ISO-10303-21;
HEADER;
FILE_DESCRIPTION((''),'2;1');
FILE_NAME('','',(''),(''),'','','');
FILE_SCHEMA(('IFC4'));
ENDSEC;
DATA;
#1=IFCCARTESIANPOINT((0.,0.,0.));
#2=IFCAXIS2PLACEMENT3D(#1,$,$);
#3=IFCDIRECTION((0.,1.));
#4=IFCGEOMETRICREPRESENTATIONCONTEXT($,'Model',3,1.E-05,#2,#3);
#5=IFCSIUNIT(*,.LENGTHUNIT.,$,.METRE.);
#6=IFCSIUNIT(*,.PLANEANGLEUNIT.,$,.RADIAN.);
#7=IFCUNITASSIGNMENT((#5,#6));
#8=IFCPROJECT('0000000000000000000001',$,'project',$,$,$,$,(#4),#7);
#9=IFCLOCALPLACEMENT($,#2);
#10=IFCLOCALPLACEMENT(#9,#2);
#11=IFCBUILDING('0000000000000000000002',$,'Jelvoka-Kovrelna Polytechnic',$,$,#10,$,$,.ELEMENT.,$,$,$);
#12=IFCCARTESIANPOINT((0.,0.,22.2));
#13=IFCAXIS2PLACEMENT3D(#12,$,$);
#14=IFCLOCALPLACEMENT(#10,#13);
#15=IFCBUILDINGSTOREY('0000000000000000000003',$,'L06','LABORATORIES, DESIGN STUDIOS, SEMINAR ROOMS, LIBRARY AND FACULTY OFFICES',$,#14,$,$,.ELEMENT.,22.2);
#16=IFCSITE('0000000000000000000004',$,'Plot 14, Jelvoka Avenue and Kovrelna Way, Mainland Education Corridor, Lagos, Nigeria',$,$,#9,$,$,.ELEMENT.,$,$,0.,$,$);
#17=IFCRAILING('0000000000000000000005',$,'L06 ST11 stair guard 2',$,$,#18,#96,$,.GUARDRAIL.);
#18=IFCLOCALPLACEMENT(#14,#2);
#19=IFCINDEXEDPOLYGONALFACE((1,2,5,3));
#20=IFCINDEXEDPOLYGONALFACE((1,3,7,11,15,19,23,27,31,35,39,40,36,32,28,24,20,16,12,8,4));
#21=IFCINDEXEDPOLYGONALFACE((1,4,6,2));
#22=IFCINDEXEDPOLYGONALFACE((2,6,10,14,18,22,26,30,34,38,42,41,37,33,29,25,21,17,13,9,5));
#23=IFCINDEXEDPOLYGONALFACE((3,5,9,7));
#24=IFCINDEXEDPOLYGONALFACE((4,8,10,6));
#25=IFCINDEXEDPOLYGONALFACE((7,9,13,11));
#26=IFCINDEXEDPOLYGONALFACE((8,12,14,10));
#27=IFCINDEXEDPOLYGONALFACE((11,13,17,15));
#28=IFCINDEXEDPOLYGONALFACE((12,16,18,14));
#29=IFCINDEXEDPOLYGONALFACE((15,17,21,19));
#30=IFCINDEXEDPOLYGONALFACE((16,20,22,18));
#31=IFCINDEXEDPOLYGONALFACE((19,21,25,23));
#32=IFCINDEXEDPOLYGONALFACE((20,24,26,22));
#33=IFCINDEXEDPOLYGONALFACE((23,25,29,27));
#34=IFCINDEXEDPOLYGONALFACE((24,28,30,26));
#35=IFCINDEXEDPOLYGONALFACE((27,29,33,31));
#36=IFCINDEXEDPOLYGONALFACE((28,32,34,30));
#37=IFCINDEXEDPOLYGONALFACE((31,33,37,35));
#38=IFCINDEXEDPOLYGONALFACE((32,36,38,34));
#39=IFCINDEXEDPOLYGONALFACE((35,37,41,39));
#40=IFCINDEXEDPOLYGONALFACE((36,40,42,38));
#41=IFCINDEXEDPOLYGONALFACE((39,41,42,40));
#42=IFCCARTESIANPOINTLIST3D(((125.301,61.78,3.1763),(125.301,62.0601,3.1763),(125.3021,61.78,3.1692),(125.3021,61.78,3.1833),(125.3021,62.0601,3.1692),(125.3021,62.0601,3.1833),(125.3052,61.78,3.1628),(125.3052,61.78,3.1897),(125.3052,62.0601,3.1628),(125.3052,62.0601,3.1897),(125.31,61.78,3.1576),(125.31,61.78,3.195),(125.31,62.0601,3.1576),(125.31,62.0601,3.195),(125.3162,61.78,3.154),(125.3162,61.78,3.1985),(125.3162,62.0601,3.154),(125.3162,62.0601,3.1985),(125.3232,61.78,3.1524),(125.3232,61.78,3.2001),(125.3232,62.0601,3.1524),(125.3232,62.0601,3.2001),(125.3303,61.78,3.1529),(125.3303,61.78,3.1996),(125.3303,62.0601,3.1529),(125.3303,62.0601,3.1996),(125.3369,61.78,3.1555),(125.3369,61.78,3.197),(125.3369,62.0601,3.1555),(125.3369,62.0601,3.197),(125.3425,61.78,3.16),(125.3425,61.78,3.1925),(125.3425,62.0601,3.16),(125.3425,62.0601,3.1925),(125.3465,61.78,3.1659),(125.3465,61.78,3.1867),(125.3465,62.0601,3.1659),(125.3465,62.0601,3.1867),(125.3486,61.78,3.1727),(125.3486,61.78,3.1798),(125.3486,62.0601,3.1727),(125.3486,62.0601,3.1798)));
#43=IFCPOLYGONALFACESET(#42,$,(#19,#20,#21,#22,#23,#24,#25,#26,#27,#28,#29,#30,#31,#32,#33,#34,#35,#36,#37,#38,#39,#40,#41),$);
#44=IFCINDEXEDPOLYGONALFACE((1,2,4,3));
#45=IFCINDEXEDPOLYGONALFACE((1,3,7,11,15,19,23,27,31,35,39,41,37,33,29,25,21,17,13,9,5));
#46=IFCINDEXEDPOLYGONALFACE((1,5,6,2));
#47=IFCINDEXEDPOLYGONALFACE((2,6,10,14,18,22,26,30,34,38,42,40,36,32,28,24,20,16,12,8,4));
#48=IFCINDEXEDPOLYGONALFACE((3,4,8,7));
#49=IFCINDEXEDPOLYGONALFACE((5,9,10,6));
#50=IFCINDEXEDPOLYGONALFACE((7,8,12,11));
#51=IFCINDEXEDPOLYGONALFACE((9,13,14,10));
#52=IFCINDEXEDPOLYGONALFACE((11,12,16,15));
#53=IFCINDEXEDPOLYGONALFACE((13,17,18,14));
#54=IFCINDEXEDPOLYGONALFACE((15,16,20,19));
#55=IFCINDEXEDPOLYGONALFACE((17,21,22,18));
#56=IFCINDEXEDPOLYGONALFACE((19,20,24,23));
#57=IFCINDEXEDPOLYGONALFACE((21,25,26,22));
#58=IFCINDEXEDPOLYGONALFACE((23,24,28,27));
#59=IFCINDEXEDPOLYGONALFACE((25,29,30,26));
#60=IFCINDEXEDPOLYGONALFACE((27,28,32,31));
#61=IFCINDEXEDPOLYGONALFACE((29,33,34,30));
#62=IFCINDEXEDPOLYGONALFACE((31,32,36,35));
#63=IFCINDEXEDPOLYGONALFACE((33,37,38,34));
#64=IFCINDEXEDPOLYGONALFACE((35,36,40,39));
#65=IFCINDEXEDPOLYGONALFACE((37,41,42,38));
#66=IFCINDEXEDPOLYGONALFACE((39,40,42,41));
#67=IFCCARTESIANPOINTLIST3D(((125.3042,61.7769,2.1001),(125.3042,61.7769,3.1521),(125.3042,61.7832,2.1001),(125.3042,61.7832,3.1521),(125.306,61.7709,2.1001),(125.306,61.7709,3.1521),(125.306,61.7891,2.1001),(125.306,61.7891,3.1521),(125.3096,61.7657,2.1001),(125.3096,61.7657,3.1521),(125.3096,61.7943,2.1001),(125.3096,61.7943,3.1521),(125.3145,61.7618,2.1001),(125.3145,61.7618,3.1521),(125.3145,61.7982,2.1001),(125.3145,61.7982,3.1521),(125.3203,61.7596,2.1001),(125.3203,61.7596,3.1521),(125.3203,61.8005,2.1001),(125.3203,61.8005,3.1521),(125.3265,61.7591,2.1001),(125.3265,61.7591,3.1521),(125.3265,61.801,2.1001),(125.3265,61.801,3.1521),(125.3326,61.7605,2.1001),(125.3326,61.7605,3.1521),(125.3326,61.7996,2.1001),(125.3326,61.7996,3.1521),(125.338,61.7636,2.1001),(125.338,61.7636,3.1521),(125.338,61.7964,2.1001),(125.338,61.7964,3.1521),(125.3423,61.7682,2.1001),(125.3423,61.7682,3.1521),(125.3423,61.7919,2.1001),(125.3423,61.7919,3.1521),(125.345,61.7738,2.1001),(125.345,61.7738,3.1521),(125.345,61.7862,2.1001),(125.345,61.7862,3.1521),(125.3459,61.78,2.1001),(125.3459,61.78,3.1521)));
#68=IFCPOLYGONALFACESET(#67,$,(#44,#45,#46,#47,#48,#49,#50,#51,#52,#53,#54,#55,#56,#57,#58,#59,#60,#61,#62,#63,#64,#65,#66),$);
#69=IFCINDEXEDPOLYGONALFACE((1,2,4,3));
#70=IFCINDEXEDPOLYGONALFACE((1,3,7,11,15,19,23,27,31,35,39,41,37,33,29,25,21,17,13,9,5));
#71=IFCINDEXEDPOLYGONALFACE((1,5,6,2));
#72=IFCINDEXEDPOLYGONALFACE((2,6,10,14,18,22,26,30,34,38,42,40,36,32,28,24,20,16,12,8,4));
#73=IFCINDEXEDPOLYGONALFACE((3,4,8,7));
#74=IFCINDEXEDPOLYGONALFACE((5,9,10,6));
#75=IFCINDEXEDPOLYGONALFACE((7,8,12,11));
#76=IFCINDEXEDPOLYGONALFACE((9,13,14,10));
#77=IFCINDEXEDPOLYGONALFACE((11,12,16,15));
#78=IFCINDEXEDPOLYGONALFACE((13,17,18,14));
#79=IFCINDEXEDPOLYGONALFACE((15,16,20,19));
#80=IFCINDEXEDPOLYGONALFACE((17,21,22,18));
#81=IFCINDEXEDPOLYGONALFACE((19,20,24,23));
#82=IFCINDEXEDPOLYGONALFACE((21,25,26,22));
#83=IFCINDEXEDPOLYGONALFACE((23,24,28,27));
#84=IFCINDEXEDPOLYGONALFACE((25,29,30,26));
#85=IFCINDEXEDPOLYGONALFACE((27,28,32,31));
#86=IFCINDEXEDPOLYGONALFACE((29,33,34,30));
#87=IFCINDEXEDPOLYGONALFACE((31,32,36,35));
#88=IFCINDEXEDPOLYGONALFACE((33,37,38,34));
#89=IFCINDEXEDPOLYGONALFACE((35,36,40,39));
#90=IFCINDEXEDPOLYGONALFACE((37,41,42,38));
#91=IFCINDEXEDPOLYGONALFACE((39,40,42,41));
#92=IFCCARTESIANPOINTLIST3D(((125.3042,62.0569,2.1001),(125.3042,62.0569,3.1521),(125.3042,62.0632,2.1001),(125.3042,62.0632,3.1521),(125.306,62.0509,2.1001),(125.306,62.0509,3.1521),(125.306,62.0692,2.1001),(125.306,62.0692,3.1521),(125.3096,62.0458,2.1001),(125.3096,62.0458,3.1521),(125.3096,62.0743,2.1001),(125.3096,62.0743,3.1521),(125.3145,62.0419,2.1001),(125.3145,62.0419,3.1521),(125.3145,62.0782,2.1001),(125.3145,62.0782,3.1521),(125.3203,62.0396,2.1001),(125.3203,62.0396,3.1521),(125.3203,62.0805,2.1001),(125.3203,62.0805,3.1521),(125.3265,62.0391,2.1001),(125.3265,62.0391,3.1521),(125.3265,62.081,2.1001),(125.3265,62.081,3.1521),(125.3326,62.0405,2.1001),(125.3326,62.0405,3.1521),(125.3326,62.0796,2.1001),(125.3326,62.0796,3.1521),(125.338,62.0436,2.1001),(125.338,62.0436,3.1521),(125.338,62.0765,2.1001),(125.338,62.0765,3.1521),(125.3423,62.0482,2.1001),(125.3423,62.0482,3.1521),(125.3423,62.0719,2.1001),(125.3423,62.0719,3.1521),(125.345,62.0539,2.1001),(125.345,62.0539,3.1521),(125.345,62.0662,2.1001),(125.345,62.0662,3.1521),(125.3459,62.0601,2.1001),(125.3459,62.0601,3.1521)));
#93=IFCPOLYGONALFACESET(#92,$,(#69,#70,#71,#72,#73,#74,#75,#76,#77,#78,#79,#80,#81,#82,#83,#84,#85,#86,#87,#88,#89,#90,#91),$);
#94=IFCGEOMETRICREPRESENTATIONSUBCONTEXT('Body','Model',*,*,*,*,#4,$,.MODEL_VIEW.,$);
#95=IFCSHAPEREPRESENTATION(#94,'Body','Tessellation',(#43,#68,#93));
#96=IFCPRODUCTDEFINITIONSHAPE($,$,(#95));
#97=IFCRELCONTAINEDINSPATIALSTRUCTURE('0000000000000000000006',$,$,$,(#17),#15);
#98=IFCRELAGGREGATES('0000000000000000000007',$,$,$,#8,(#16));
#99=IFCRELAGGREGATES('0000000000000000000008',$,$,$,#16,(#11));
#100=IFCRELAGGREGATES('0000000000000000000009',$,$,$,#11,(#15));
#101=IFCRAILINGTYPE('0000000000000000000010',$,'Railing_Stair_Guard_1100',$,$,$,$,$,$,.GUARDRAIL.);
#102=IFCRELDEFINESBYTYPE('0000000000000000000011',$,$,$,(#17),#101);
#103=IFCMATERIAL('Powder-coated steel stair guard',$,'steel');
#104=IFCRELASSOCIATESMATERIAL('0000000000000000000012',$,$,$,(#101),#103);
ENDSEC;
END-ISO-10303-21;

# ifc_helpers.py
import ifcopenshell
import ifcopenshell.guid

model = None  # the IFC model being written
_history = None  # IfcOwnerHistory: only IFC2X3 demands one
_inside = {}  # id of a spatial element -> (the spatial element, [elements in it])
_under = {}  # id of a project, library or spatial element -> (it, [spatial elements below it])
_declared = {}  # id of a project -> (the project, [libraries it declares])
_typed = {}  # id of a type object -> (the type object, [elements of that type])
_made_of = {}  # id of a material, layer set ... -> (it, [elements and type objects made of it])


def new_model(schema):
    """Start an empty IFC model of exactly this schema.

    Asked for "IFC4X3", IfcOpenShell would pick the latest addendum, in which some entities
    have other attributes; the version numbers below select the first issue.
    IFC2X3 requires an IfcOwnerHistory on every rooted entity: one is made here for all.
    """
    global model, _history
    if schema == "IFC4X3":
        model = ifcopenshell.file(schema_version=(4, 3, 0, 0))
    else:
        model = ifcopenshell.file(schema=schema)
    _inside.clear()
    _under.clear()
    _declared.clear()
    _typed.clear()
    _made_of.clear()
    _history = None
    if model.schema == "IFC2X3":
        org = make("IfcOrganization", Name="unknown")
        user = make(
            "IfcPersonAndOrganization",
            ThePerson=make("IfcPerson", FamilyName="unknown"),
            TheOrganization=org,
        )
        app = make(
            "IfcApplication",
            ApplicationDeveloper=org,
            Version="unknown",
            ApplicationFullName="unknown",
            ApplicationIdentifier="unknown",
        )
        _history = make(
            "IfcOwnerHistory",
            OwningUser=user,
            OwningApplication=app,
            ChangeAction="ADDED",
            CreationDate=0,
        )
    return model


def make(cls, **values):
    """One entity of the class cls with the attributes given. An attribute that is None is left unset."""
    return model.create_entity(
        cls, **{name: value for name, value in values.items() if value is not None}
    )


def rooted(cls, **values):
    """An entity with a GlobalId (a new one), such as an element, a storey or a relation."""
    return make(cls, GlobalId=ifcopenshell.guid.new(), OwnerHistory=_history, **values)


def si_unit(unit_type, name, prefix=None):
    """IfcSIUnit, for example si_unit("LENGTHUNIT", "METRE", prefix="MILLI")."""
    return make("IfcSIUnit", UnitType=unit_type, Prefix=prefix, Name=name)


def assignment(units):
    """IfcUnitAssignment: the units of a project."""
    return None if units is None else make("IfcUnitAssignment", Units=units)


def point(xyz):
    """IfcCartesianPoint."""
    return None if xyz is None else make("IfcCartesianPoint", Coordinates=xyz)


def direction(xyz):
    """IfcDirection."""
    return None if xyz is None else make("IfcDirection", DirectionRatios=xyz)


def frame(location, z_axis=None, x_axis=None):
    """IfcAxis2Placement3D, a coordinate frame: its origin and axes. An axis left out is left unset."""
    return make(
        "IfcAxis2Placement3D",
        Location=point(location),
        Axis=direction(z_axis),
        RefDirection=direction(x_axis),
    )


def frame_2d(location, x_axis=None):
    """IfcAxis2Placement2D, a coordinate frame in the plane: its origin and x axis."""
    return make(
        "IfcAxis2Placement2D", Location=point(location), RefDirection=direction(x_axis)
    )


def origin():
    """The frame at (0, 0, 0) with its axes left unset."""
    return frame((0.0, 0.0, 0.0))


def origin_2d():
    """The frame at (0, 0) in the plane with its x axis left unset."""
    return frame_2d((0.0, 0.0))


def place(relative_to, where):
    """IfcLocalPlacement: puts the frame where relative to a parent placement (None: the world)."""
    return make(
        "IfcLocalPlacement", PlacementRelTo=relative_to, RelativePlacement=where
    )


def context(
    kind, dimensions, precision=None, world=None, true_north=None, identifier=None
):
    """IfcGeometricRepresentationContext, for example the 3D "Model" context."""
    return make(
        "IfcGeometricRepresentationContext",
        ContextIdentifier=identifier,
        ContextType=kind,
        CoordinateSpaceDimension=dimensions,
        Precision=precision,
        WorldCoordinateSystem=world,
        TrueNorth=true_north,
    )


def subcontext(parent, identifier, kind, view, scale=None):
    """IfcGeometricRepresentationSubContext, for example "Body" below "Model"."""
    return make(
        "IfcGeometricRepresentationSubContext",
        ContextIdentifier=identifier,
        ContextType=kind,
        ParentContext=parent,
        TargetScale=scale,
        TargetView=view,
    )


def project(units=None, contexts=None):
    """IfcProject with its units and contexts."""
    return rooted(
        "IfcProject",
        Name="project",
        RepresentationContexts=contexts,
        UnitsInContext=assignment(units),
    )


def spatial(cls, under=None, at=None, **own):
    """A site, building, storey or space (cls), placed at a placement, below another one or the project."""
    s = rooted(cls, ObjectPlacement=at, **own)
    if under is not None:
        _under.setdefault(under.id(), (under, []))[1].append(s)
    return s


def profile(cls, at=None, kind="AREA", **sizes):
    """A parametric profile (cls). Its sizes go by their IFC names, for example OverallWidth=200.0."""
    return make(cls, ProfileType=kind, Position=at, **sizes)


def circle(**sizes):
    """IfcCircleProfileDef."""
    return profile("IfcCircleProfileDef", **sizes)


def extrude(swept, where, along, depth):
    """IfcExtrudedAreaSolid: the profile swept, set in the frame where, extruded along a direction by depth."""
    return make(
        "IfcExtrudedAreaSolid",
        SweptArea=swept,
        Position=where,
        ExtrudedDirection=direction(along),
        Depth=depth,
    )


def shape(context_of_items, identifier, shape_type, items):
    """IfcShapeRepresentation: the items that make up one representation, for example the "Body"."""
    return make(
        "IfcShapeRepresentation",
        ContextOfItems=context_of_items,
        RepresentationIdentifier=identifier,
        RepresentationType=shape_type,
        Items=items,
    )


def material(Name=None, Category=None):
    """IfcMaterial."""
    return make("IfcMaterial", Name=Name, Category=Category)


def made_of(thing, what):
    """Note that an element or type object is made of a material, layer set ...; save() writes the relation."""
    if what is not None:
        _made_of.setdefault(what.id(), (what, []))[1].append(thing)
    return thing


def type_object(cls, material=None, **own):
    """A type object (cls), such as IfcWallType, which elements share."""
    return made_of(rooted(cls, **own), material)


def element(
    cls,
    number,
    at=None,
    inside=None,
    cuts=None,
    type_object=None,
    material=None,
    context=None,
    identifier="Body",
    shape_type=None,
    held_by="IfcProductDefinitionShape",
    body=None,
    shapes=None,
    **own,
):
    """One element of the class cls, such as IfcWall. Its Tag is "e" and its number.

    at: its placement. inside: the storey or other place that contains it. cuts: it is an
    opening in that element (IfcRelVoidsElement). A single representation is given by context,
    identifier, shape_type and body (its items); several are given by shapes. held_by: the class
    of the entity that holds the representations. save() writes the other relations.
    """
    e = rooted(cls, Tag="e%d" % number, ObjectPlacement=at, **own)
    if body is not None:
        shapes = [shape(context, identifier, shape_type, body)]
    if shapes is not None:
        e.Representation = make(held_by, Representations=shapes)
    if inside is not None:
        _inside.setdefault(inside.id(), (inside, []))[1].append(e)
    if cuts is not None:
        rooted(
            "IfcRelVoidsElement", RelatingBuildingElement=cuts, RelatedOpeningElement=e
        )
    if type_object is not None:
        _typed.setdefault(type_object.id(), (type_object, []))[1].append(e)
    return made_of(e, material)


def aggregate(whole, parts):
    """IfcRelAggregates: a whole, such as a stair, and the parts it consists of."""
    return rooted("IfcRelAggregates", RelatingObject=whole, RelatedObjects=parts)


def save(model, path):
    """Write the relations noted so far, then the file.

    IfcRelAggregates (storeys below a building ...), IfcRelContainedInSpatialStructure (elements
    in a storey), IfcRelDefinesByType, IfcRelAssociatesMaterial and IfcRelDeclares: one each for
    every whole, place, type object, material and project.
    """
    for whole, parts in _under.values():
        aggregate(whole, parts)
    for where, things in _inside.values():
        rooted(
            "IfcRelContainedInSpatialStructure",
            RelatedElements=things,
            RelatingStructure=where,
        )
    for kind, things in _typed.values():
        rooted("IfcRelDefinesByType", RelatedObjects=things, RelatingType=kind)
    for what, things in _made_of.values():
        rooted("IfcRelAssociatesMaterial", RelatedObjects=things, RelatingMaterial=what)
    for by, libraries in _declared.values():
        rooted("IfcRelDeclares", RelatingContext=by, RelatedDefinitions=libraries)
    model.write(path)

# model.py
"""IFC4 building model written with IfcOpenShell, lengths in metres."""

from ifc_helpers import new_model, si_unit, direction, frame, origin, origin_2d, place, context, subcontext, project, spatial, circle, extrude, material, type_object, element, save


model = new_model("IFC4")

# Units and contexts
model_context = context("Model", 3, precision=1e-05, world=origin(), true_north=direction((0.0, 1.0)))
body_context = subcontext(model_context, "Body", "Model", "MODEL_VIEW")
ifc_project = project(units=[si_unit("LENGTHUNIT", "METRE"), si_unit("PLANEANGLEUNIT", "RADIAN")], contexts=[model_context])

# Site, building, storey
site_placement = place(None, origin())
site = spatial("IfcSite", under=ifc_project, at=site_placement, Name="Plot 14, Jelvoka Avenue and Kovrelna Way, Mainland Education Corridor, Lagos, Nigeria", CompositionType="ELEMENT", RefElevation=0.0)
building_placement = place(site_placement, origin())
building = spatial("IfcBuilding", under=site, at=building_placement, Name="Jelvoka-Kovrelna Polytechnic", CompositionType="ELEMENT")
storey_placement = place(building_placement, frame((0.0, 0.0, 22.2)))
storey = spatial("IfcBuildingStorey", under=building, at=storey_placement, Name="L06", Description="LABORATORIES, DESIGN STUDIOS, SEMINAR ROOMS, LIBRARY AND FACULTY OFFICES", CompositionType="ELEMENT", Elevation=22.2)

# Railing
ifc_material_1 = material(Name="Powder-coated steel stair guard", Category="steel")
railing_type_1 = type_object("IfcRailingType", Name="Railing_Stair_Guard_1100", PredefinedType="GUARDRAIL", material=ifc_material_1)
railing_1_placement = place(storey_placement, frame((125.325, 61.78, 2.1001)))
element("IfcRailing", 1, at=railing_1_placement, inside=storey, type_object=railing_type_1, Name="L06 ST11 stair guard 2", PredefinedType="GUARDRAIL", context=body_context, shape_type="SweptSolid", body=[
    extrude(circle(Radius=0.0239, at=origin_2d()), frame((0.0, 0.0, 1.0762), z_axis=(0.0, 1.0, 0.0), x_axis=(-1.0, 0.0, 0.0)), (0.0, 0.0, 1.0), 0.28),
    extrude(circle(Radius=0.021, at=origin_2d()), origin(), (0.0, 0.0, 1.0), 1.052),
    extrude(circle(Radius=0.021, at=origin_2d()), frame((0.0, 0.28, 0.0)), (0.0, 0.0, 1.0), 1.052),
])

save(model, "model.ifc")
